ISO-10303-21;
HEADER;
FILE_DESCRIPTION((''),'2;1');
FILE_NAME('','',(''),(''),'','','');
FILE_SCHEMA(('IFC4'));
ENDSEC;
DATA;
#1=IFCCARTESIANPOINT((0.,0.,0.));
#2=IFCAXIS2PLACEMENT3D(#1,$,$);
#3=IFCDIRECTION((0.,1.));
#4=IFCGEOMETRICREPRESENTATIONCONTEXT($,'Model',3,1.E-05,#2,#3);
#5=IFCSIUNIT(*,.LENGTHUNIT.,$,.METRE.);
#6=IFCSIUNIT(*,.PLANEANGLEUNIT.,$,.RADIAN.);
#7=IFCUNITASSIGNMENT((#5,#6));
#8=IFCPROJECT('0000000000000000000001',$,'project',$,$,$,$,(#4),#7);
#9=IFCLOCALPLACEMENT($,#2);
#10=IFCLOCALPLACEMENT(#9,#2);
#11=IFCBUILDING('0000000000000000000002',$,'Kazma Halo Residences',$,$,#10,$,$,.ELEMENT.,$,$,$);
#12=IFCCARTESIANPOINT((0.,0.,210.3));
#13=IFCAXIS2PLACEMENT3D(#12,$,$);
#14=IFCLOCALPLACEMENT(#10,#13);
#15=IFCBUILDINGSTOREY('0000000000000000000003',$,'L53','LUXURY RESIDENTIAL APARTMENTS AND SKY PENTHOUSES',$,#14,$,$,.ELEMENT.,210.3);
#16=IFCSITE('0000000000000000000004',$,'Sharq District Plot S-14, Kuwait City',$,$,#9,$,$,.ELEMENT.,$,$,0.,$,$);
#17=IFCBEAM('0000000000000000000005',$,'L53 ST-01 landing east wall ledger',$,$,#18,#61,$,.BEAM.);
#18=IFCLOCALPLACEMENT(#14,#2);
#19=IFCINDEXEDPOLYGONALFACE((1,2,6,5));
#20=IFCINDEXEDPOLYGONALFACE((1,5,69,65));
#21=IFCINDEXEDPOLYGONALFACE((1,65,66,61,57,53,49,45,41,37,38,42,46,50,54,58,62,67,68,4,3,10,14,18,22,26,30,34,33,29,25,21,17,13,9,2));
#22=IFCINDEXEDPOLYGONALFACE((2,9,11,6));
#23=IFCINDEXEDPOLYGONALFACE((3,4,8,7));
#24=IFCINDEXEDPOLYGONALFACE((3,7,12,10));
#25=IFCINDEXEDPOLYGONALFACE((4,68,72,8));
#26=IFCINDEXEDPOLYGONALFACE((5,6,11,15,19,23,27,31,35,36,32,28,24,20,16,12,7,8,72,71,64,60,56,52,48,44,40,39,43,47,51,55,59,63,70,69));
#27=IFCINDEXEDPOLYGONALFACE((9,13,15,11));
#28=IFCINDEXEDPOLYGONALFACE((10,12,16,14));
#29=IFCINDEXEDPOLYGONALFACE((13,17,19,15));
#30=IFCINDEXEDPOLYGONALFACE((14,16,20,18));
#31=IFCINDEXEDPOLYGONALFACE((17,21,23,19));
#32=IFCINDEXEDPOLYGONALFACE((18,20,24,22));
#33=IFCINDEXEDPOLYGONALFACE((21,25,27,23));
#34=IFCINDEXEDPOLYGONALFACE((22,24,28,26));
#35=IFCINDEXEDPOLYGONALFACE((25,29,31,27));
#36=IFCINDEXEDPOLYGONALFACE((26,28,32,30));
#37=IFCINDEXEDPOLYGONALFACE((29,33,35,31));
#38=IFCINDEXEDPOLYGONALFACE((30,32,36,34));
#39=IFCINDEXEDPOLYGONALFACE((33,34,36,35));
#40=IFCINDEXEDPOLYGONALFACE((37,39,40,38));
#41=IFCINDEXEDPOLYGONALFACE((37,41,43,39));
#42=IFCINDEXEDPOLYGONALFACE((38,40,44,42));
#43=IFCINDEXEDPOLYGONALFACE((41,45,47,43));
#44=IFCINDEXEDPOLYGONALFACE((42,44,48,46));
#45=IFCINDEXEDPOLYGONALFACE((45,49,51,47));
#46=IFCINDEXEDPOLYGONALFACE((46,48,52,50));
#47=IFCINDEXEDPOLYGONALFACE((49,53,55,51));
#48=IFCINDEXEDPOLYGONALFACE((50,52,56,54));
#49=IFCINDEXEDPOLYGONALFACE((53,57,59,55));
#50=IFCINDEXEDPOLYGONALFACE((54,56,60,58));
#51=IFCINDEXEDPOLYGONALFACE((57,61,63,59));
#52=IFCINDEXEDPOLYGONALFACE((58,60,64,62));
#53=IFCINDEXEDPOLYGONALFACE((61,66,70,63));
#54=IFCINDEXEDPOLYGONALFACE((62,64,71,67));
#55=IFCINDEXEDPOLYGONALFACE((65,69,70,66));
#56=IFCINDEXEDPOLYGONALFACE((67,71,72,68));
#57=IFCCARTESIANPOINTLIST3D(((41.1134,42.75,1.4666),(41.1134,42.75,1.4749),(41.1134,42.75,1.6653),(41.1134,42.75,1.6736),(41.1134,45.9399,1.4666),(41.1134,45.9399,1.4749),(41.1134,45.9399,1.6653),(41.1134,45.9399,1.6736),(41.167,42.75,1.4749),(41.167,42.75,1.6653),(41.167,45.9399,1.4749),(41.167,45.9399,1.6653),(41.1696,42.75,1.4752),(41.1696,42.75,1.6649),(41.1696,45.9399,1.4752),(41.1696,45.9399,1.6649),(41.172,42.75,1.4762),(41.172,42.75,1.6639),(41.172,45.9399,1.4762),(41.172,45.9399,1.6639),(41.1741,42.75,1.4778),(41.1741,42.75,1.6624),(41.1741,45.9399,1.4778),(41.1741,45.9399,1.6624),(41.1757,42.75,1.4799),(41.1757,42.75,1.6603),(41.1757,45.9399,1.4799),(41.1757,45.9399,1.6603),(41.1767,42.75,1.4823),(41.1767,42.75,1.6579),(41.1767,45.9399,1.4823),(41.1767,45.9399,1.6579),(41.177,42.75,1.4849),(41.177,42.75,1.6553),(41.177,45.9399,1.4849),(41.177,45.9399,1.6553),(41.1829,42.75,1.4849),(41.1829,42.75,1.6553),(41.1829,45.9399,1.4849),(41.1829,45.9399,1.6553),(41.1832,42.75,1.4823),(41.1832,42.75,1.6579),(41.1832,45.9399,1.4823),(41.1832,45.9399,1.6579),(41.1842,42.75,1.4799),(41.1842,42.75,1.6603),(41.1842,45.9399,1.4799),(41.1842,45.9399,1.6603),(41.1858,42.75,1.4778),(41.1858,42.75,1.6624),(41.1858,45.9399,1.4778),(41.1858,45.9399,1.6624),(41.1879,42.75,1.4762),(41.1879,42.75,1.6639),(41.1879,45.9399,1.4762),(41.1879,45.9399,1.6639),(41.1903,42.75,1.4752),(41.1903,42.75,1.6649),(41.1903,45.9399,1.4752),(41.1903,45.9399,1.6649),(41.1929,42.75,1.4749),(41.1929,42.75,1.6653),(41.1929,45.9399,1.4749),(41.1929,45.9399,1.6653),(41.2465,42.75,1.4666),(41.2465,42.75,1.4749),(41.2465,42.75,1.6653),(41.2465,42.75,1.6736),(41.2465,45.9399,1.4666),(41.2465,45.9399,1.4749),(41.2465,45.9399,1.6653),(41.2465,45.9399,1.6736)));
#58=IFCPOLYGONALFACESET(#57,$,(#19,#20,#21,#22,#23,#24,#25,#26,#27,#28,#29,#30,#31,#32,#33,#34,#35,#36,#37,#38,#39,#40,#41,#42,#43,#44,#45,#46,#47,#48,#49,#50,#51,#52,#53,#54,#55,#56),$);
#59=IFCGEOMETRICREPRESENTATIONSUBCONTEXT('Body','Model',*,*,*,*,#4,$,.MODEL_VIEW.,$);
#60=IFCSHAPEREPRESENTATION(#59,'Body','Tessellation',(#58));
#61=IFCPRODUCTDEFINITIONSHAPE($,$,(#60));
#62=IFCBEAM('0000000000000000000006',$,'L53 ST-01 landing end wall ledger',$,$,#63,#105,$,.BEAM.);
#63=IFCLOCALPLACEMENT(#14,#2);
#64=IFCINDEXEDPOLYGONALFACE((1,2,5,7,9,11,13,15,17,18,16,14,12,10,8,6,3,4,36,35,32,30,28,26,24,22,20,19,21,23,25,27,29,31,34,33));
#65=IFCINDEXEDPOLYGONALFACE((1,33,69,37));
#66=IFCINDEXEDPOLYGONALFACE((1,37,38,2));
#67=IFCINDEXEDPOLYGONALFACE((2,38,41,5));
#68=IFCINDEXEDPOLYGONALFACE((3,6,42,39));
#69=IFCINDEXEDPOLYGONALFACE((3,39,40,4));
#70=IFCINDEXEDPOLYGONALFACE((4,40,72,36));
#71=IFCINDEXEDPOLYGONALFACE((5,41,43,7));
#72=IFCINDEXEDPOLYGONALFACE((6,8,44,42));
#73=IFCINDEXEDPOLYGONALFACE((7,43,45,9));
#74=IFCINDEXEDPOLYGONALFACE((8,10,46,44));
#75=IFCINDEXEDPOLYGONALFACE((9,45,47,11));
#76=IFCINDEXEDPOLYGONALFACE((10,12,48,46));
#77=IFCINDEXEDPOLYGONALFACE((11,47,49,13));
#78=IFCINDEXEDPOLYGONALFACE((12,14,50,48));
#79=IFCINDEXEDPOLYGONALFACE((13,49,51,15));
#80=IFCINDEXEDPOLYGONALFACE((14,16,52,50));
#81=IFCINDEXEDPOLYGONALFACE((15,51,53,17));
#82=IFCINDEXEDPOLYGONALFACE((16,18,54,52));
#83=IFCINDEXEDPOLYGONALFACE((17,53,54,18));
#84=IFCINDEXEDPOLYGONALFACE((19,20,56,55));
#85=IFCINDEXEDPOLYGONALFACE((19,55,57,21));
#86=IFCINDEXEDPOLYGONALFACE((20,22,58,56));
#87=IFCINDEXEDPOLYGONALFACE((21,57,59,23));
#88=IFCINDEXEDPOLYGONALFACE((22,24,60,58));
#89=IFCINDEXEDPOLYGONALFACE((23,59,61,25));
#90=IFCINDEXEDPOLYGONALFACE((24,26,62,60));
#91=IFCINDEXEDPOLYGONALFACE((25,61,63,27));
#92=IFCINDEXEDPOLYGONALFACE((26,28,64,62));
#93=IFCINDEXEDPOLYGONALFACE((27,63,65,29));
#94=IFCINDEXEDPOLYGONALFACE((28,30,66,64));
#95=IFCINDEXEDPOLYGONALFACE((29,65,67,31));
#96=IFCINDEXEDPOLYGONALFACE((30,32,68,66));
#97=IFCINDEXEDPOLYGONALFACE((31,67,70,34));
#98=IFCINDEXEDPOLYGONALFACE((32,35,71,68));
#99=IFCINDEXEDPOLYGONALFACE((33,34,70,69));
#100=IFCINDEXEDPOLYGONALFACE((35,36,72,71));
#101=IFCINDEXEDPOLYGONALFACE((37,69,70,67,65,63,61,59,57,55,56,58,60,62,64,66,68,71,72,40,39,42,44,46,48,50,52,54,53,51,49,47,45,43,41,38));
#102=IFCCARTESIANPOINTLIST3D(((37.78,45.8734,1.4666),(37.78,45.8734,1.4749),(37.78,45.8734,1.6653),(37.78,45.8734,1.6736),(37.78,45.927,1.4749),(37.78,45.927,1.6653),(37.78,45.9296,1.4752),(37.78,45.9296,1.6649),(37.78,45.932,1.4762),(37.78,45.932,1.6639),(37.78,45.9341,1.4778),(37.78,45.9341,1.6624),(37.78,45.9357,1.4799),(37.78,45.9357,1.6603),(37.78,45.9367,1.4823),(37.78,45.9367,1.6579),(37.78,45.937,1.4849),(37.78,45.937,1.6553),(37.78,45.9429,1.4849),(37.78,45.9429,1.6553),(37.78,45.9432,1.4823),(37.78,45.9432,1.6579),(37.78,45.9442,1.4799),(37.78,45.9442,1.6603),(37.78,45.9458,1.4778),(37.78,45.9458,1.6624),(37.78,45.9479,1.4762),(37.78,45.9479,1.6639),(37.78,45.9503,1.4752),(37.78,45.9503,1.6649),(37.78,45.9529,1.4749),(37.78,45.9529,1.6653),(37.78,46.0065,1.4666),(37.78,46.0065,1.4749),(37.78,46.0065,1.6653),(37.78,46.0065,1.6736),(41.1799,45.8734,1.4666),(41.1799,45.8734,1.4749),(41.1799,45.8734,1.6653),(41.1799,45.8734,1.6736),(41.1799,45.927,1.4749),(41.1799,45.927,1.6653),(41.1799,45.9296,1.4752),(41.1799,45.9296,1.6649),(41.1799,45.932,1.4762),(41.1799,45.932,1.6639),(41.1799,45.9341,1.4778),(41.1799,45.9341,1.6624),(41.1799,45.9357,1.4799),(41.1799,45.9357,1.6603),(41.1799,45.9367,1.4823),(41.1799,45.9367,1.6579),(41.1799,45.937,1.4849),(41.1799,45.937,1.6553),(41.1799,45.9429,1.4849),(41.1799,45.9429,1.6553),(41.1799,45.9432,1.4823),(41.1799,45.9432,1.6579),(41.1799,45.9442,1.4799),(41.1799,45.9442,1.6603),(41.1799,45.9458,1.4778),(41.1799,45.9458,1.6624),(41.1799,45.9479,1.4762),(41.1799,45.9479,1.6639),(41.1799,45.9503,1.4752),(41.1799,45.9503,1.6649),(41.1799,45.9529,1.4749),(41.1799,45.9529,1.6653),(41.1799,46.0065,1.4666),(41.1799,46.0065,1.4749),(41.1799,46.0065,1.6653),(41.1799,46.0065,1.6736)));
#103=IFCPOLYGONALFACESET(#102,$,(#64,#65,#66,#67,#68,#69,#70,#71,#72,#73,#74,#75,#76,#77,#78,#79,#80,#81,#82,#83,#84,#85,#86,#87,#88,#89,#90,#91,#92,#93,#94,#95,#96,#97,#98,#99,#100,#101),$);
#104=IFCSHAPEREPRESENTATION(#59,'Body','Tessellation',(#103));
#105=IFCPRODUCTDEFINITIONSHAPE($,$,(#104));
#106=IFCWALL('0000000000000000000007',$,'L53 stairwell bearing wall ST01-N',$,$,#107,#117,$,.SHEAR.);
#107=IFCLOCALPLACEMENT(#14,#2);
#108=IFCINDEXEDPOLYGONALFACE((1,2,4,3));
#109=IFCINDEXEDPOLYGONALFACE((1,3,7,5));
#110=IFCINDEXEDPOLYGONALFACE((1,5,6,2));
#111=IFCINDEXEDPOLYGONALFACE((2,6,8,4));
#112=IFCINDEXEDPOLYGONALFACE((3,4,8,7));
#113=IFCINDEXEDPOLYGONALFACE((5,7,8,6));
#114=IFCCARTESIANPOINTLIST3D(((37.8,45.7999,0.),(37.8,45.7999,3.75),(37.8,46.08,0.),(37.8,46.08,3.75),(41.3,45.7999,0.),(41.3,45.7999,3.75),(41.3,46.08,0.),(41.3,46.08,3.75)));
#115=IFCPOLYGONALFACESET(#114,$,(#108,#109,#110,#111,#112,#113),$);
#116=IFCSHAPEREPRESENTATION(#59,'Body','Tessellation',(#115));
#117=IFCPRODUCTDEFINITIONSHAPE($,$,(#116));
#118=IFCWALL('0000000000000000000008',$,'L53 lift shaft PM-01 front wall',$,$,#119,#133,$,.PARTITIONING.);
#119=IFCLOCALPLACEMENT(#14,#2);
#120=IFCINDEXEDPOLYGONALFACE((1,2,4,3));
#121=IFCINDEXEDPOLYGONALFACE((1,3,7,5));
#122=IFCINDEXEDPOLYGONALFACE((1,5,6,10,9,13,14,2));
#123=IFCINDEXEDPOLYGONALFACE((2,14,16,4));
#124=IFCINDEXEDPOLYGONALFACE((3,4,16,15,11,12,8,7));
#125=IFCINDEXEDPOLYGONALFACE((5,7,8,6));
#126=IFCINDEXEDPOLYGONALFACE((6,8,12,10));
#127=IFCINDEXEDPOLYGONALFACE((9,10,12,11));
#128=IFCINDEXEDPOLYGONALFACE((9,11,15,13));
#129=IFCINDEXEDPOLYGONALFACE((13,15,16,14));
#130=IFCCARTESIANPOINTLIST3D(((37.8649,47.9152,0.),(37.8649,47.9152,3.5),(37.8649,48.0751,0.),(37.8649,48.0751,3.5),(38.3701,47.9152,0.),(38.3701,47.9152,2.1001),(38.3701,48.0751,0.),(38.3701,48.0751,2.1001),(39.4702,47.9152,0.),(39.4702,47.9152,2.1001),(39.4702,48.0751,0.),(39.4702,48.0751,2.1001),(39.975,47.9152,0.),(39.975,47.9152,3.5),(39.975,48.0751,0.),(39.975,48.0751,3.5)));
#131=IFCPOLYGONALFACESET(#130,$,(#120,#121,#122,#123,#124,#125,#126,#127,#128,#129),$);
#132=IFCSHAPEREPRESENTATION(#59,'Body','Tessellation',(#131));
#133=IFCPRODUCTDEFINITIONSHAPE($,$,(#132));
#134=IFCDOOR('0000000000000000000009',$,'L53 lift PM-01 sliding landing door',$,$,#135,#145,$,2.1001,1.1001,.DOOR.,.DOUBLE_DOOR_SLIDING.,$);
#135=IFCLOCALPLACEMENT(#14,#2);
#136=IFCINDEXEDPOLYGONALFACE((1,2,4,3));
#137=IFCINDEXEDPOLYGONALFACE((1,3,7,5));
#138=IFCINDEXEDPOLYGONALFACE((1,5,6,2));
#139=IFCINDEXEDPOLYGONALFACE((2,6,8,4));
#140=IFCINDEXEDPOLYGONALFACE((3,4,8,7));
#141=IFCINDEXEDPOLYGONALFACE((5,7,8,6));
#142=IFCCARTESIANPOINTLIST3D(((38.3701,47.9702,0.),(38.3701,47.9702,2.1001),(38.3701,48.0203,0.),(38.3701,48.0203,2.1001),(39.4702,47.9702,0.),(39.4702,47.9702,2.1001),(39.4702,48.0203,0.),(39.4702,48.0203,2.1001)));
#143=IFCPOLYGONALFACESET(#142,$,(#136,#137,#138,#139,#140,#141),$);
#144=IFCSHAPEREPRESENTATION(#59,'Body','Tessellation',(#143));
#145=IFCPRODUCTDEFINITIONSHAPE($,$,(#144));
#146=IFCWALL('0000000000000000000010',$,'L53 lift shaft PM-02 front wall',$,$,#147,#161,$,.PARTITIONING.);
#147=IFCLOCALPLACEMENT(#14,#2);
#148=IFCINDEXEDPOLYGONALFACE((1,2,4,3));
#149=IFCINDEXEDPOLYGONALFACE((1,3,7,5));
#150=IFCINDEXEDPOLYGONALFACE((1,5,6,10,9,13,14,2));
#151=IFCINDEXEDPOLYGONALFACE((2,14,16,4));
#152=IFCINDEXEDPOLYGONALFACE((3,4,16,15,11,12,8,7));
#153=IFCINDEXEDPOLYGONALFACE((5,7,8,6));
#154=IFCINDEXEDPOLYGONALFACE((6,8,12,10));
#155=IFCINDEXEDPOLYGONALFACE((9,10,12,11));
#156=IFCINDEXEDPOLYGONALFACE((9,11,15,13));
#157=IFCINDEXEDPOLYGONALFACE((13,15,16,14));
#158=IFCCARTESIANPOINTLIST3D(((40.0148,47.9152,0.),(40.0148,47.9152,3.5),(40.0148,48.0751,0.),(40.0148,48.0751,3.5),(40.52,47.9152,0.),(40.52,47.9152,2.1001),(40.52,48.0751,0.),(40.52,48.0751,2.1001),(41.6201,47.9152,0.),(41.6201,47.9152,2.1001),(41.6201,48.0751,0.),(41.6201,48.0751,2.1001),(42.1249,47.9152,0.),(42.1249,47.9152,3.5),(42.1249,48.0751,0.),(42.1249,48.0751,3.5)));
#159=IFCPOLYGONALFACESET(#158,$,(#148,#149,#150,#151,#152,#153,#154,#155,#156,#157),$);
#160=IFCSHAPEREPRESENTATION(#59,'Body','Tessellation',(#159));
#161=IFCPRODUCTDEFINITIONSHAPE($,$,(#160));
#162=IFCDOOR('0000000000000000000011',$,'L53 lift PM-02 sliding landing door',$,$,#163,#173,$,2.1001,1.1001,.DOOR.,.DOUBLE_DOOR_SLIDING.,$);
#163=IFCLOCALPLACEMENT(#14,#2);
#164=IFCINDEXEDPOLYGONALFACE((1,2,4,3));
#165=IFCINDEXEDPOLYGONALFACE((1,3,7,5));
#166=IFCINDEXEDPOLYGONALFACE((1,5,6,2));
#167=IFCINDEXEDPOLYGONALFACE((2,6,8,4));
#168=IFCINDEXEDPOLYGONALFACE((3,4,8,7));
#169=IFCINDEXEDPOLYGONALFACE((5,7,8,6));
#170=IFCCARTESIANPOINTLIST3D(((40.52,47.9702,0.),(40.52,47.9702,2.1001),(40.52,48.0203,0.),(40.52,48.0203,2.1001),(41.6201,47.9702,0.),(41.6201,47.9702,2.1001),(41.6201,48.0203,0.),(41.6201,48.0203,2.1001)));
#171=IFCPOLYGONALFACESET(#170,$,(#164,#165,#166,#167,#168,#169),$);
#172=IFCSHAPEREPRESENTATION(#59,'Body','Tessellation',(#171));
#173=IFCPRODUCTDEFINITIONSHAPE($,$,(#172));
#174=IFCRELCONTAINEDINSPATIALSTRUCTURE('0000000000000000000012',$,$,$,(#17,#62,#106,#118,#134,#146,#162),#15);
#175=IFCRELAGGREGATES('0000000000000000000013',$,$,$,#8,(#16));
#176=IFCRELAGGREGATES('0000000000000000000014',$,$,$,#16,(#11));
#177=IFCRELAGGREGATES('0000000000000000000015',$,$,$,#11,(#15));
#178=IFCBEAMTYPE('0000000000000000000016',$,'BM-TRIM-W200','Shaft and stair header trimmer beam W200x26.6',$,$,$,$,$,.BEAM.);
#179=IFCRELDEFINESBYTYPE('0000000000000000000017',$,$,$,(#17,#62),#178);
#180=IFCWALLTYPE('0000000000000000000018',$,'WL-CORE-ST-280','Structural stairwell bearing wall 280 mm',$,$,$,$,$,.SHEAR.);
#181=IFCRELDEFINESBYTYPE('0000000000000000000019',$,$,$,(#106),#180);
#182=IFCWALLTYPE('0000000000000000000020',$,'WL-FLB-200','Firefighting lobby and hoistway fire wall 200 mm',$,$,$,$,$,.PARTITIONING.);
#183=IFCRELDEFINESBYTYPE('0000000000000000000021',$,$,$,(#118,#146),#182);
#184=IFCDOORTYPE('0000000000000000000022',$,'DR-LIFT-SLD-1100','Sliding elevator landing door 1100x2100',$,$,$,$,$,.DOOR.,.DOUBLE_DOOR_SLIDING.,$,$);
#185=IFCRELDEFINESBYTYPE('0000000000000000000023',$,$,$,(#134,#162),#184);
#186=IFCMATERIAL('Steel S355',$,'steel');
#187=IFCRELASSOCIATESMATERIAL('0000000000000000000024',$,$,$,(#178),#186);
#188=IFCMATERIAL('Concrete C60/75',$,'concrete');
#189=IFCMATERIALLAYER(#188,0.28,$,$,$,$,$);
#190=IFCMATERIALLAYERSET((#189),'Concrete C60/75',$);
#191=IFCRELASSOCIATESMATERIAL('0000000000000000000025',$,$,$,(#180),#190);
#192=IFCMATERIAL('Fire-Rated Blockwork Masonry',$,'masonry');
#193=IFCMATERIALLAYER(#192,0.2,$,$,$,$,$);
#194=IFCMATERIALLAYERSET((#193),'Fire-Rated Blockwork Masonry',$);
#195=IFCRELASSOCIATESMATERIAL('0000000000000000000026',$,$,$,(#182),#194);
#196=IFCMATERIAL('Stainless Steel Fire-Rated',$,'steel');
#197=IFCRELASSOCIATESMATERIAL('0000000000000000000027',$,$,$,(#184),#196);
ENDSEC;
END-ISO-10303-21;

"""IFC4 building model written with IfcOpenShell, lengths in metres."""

from ifc_helpers import new_model, si_unit, direction, frame, frame_2d, origin, origin_2d, place, context, subcontext, project, spatial, rectangle, i_section, extrude, material, layer, layer_set, material_profile, profile_set, type_object, element, fill, save


model = new_model("IFC4")

# Units and contexts
model_context = context("Model", 3, precision=1e-05, world=origin(), true_north=direction((0.0, 1.0)))
body_context = subcontext(model_context, "Body", "Model", "MODEL_VIEW")
ifc_project = project(units=[si_unit("LENGTHUNIT", "METRE"), si_unit("PLANEANGLEUNIT", "RADIAN")], contexts=[model_context])

# Site, building, storey
site_placement = place(None, origin())
site = spatial("IfcSite", under=ifc_project, at=site_placement, Name="Sharq District Plot S-14, Kuwait City", CompositionType="ELEMENT", RefElevation=0.0)
building_placement = place(site_placement, origin())
building = spatial("IfcBuilding", under=site, at=building_placement, Name="Kazma Halo Residences", CompositionType="ELEMENT")
storey_placement = place(building_placement, frame((0.0, 0.0, 210.3)))
storey = spatial("IfcBuildingStorey", under=building, at=storey_placement, Name="L53", Description="LUXURY RESIDENTIAL APARTMENTS AND SKY PENTHOUSES", CompositionType="ELEMENT", Elevation=210.3)

# Shared definitions
ifc_material_1 = material(Name="Steel S355", Category="steel")

# Beams
ifc_material_profile_1 = material_profile(ifc_material_1, i_section(OverallWidth=0.1331, OverallDepth=0.207, WebThickness=0.0059, FlangeThickness=0.0083, FilletRadius=0.01, at=origin_2d()), Name="W200x26.6")
ifc_profile_set_1 = profile_set([ifc_material_profile_1], Name="Steel S355")
beam_type_1 = type_object("IfcBeamType", Name="BM-TRIM-W200", Description="Shaft and stair header trimmer beam W200x26.6", PredefinedType="BEAM", material=ifc_profile_set_1)
beam_1_placement = place(storey_placement, frame((41.1799, 42.75, 1.5701), z_axis=(0.0, 1.0, 0.0), x_axis=(-1.0, 0.0, 0.0)))
element("IfcBeam", 1, at=beam_1_placement, inside=storey, type_object=beam_type_1, Name="L53 ST-01 landing east wall ledger", PredefinedType="BEAM", context=body_context, shape_type="SweptSolid", body=[
    extrude(i_section(OverallWidth=0.1331, OverallDepth=0.207, WebThickness=0.0059, FlangeThickness=0.0083, FilletRadius=0.01, at=origin_2d()), origin(), (0.0, 0.0, 1.0), 3.1899),
])
beam_2_placement = place(storey_placement, frame((37.78, 45.9399, 1.5701), z_axis=(1.0, 0.0, 0.0), x_axis=(0.0, 1.0, 0.0)))
element("IfcBeam", 2, at=beam_2_placement, inside=storey, type_object=beam_type_1, Name="L53 ST-01 landing end wall ledger", PredefinedType="BEAM", context=body_context, shape_type="SweptSolid", body=[
    extrude(i_section(OverallWidth=0.1331, OverallDepth=0.207, WebThickness=0.0059, FlangeThickness=0.0083, FilletRadius=0.01, at=origin_2d()), origin(), (0.0, 0.0, 1.0), 3.3999),
])

# Wall
ifc_material_2 = material(Name="Concrete C60/75", Category="concrete")
ifc_layer_1 = layer(ifc_material_2, 0.28)
ifc_layer_set_1 = layer_set([ifc_layer_1], Name="Concrete C60/75")
wall_type_1 = type_object("IfcWallType", Name="WL-CORE-ST-280", Description="Structural stairwell bearing wall 280 mm", PredefinedType="SHEAR", material=ifc_layer_set_1)
wall_1_placement = place(storey_placement, frame((37.8, 45.9399, 0.0), z_axis=(0.0, 0.0, 1.0), x_axis=(1.0, 0.0, 0.0)))
element("IfcWall", 3, at=wall_1_placement, inside=storey, type_object=wall_type_1, Name="L53 stairwell bearing wall ST01-N", PredefinedType="SHEAR", context=body_context, shape_type="SweptSolid", body=[
    extrude(rectangle(XDim=3.5, YDim=0.28, at=frame_2d((1.75, 0.0))), origin(), (0.0, 0.0, 1.0), 3.75),
])

# Walls, openings, doors
ifc_material_3 = material(Name="Fire-Rated Blockwork Masonry", Category="masonry")
ifc_layer_2 = layer(ifc_material_3, 0.2)
ifc_layer_set_2 = layer_set([ifc_layer_2], Name="Fire-Rated Blockwork Masonry")
wall_type_2 = type_object("IfcWallType", Name="WL-FLB-200", Description="Firefighting lobby and hoistway fire wall 200 mm", PredefinedType="PARTITIONING", material=ifc_layer_set_2)
wall_2_placement = place(storey_placement, frame((39.9751, 47.9951, 0.0), z_axis=(0.0, 0.0, 1.0), x_axis=(-1.0, 0.0, 0.0)))
wall_2 = element("IfcWall", 4, at=wall_2_placement, inside=storey, type_object=wall_type_2, Name="L53 lift shaft PM-01 front wall", PredefinedType="PARTITIONING", context=body_context, shape_type="SweptSolid", body=[
    extrude(rectangle(XDim=2.1101, YDim=0.1599, at=frame_2d((1.0552, 0.0))), origin(), (0.0, 0.0, 1.0), 3.5),
])
opening_1_placement = place(wall_2_placement, frame((0.5049, 0.0, 0.0)))
opening_1 = element("IfcOpeningElement", 5, at=opening_1_placement, cuts=wall_2, PredefinedType="OPENING", context=body_context, shape_type="SweptSolid", body=[
    extrude(rectangle(XDim=1.1001, YDim=2.1001, at=frame_2d((0.55, 1.05))), frame((0.0, 0.0898, 0.0), z_axis=(0.0, -1.0, 0.0), x_axis=(1.0, 0.0, 0.0)), (0.0, 0.0, 1.0), 0.1799),
])
ifc_material_4 = material(Name="Stainless Steel Fire-Rated", Category="steel")
door_type = type_object("IfcDoorType", Name="DR-LIFT-SLD-1100", Description="Sliding elevator landing door 1100x2100", OperationType="DOUBLE_DOOR_SLIDING", PredefinedType="DOOR", material=ifc_material_4)
door_1_placement = place(opening_1_placement, origin())
door_1 = element("IfcDoor", 6, at=door_1_placement, inside=storey, type_object=door_type, Name="L53 lift PM-01 sliding landing door", OperationType="DOUBLE_DOOR_SLIDING", OverallHeight=2.1001, OverallWidth=1.1001, PredefinedType="DOOR", context=body_context, shape_type="SweptSolid", body=[
    extrude(rectangle(XDim=1.1001, YDim=2.1001, at=frame_2d((0.55, 1.05))), frame((0.0, 0.0249, 0.0), z_axis=(0.0, -1.0, 0.0), x_axis=(1.0, 0.0, 0.0)), (0.0, 0.0, 1.0), 0.05),
])
fill(opening_1, door_1)
wall_3_placement = place(storey_placement, frame((42.125, 47.9951, 0.0), z_axis=(0.0, 0.0, 1.0), x_axis=(-1.0, 0.0, 0.0)))
wall_3 = element("IfcWall", 7, at=wall_3_placement, inside=storey, type_object=wall_type_2, Name="L53 lift shaft PM-02 front wall", PredefinedType="PARTITIONING", context=body_context, shape_type="SweptSolid", body=[
    extrude(rectangle(XDim=2.1101, YDim=0.1599, at=frame_2d((1.0552, 0.0))), origin(), (0.0, 0.0, 1.0), 3.5),
])
opening_2_placement = place(wall_3_placement, frame((0.5049, 0.0, 0.0)))
opening_2 = element("IfcOpeningElement", 8, at=opening_2_placement, cuts=wall_3, PredefinedType="OPENING", context=body_context, shape_type="SweptSolid", body=[
    extrude(rectangle(XDim=1.1001, YDim=2.1001, at=frame_2d((0.55, 1.05))), frame((0.0, 0.0898, 0.0), z_axis=(0.0, -1.0, 0.0), x_axis=(1.0, 0.0, 0.0)), (0.0, 0.0, 1.0), 0.1799),
])
door_2_placement = place(opening_2_placement, origin())
door_2 = element("IfcDoor", 9, at=door_2_placement, inside=storey, type_object=door_type, Name="L53 lift PM-02 sliding landing door", OperationType="DOUBLE_DOOR_SLIDING", OverallHeight=2.1001, OverallWidth=1.1001, PredefinedType="DOOR", context=body_context, shape_type="SweptSolid", body=[
    extrude(rectangle(XDim=1.1001, YDim=2.1001, at=frame_2d((0.55, 1.05))), frame((0.0, 0.0249, 0.0), z_axis=(0.0, -1.0, 0.0), x_axis=(1.0, 0.0, 0.0)), (0.0, 0.0, 1.0), 0.05),
])
fill(opening_2, door_2)

save(model, "model.ifc")
